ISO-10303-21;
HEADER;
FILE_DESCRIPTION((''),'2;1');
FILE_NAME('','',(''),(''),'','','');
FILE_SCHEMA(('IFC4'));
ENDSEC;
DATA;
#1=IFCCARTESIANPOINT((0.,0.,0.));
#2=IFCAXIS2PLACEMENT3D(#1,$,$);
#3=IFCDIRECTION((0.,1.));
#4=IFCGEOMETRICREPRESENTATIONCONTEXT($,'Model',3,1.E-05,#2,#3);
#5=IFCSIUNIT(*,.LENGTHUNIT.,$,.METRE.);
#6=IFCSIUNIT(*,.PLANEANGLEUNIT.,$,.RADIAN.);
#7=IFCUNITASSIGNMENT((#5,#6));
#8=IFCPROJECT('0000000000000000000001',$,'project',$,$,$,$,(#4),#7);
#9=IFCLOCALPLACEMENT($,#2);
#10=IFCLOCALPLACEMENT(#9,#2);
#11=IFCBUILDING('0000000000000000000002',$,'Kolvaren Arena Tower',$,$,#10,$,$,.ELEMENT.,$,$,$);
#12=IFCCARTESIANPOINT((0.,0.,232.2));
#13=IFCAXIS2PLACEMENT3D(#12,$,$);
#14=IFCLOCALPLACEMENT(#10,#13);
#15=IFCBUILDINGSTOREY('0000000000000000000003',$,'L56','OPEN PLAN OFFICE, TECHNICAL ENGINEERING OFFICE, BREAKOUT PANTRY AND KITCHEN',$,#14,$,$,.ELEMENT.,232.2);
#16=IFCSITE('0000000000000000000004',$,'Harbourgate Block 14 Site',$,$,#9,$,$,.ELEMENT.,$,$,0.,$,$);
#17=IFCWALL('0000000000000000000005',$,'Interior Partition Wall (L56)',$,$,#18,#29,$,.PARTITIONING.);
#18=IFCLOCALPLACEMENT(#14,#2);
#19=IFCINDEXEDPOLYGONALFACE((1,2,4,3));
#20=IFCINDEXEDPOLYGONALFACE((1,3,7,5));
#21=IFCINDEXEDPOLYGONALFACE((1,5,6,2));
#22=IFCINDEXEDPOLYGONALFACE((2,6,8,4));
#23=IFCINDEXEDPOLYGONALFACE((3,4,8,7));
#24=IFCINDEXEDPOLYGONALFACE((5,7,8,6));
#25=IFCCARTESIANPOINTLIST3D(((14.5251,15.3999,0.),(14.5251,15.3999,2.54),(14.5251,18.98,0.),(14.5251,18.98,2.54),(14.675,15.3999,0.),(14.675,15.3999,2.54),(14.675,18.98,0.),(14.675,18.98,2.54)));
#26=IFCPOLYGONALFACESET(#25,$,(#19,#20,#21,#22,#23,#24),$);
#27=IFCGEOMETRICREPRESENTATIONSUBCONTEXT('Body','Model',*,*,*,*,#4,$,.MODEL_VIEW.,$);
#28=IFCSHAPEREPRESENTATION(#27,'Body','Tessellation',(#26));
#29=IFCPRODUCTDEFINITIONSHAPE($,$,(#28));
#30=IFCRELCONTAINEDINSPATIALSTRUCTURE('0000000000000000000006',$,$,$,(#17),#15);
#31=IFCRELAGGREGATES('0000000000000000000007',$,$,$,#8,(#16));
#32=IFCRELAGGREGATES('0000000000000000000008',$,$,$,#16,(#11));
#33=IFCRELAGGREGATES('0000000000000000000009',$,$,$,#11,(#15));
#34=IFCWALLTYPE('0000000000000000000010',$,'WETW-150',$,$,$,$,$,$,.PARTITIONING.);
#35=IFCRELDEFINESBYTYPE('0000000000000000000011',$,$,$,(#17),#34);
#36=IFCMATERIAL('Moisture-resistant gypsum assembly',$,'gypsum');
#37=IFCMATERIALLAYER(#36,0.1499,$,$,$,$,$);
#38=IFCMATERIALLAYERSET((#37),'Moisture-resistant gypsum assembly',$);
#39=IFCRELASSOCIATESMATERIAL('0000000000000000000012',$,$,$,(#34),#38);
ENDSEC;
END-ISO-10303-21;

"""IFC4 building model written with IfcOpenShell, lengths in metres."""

from ifc_helpers import new_model, si_unit, direction, frame, frame_2d, origin, place, context, subcontext, project, spatial, rectangle, extrude, material, layer, layer_set, type_object, element, save


model = new_model("IFC4")

# Units and contexts
model_context = context("Model", 3, precision=1e-05, world=origin(), true_north=direction((0.0, 1.0)))
body_context = subcontext(model_context, "Body", "Model", "MODEL_VIEW")
ifc_project = project(units=[si_unit("LENGTHUNIT", "METRE"), si_unit("PLANEANGLEUNIT", "RADIAN")], contexts=[model_context])

# Site, building, storey
site_placement = place(None, origin())
site = spatial("IfcSite", under=ifc_project, at=site_placement, Name="Harbourgate Block 14 Site", CompositionType="ELEMENT", RefElevation=0.0)
building_placement = place(site_placement, origin())
building = spatial("IfcBuilding", under=site, at=building_placement, Name="Kolvaren Arena Tower", CompositionType="ELEMENT")
storey_placement = place(building_placement, frame((0.0, 0.0, 232.2)))
storey = spatial("IfcBuildingStorey", under=building, at=storey_placement, Name="L56", Description="OPEN PLAN OFFICE, TECHNICAL ENGINEERING OFFICE, BREAKOUT PANTRY AND KITCHEN", CompositionType="ELEMENT", Elevation=232.2)

# Shared definitions
ifc_material_1 = material(Name="Moisture-resistant gypsum assembly", Category="gypsum")
ifc_layer_1 = layer(ifc_material_1, 0.1499)
ifc_layer_set_1 = layer_set([ifc_layer_1], Name="Moisture-resistant gypsum assembly")
wall_type_1 = type_object("IfcWallType", Name="WETW-150", PredefinedType="PARTITIONING", material=ifc_layer_set_1)

# Wall
wall_1_placement = place(storey_placement, frame((14.6001, 15.3999, 0.0), z_axis=(0.0, 0.0, 1.0), x_axis=(0.0, 1.0, 0.0)))
element("IfcWall", 1, at=wall_1_placement, inside=storey, type_object=wall_type_1, Name="Interior Partition Wall (L56)", PredefinedType="PARTITIONING", context=body_context, shape_type="SweptSolid", body=[
    extrude(rectangle(XDim=3.5801, YDim=0.1499, at=frame_2d((1.79, 0.0))), origin(), (0.0, 0.0, 1.0), 2.54),
])

save(model, "model.ifc")
